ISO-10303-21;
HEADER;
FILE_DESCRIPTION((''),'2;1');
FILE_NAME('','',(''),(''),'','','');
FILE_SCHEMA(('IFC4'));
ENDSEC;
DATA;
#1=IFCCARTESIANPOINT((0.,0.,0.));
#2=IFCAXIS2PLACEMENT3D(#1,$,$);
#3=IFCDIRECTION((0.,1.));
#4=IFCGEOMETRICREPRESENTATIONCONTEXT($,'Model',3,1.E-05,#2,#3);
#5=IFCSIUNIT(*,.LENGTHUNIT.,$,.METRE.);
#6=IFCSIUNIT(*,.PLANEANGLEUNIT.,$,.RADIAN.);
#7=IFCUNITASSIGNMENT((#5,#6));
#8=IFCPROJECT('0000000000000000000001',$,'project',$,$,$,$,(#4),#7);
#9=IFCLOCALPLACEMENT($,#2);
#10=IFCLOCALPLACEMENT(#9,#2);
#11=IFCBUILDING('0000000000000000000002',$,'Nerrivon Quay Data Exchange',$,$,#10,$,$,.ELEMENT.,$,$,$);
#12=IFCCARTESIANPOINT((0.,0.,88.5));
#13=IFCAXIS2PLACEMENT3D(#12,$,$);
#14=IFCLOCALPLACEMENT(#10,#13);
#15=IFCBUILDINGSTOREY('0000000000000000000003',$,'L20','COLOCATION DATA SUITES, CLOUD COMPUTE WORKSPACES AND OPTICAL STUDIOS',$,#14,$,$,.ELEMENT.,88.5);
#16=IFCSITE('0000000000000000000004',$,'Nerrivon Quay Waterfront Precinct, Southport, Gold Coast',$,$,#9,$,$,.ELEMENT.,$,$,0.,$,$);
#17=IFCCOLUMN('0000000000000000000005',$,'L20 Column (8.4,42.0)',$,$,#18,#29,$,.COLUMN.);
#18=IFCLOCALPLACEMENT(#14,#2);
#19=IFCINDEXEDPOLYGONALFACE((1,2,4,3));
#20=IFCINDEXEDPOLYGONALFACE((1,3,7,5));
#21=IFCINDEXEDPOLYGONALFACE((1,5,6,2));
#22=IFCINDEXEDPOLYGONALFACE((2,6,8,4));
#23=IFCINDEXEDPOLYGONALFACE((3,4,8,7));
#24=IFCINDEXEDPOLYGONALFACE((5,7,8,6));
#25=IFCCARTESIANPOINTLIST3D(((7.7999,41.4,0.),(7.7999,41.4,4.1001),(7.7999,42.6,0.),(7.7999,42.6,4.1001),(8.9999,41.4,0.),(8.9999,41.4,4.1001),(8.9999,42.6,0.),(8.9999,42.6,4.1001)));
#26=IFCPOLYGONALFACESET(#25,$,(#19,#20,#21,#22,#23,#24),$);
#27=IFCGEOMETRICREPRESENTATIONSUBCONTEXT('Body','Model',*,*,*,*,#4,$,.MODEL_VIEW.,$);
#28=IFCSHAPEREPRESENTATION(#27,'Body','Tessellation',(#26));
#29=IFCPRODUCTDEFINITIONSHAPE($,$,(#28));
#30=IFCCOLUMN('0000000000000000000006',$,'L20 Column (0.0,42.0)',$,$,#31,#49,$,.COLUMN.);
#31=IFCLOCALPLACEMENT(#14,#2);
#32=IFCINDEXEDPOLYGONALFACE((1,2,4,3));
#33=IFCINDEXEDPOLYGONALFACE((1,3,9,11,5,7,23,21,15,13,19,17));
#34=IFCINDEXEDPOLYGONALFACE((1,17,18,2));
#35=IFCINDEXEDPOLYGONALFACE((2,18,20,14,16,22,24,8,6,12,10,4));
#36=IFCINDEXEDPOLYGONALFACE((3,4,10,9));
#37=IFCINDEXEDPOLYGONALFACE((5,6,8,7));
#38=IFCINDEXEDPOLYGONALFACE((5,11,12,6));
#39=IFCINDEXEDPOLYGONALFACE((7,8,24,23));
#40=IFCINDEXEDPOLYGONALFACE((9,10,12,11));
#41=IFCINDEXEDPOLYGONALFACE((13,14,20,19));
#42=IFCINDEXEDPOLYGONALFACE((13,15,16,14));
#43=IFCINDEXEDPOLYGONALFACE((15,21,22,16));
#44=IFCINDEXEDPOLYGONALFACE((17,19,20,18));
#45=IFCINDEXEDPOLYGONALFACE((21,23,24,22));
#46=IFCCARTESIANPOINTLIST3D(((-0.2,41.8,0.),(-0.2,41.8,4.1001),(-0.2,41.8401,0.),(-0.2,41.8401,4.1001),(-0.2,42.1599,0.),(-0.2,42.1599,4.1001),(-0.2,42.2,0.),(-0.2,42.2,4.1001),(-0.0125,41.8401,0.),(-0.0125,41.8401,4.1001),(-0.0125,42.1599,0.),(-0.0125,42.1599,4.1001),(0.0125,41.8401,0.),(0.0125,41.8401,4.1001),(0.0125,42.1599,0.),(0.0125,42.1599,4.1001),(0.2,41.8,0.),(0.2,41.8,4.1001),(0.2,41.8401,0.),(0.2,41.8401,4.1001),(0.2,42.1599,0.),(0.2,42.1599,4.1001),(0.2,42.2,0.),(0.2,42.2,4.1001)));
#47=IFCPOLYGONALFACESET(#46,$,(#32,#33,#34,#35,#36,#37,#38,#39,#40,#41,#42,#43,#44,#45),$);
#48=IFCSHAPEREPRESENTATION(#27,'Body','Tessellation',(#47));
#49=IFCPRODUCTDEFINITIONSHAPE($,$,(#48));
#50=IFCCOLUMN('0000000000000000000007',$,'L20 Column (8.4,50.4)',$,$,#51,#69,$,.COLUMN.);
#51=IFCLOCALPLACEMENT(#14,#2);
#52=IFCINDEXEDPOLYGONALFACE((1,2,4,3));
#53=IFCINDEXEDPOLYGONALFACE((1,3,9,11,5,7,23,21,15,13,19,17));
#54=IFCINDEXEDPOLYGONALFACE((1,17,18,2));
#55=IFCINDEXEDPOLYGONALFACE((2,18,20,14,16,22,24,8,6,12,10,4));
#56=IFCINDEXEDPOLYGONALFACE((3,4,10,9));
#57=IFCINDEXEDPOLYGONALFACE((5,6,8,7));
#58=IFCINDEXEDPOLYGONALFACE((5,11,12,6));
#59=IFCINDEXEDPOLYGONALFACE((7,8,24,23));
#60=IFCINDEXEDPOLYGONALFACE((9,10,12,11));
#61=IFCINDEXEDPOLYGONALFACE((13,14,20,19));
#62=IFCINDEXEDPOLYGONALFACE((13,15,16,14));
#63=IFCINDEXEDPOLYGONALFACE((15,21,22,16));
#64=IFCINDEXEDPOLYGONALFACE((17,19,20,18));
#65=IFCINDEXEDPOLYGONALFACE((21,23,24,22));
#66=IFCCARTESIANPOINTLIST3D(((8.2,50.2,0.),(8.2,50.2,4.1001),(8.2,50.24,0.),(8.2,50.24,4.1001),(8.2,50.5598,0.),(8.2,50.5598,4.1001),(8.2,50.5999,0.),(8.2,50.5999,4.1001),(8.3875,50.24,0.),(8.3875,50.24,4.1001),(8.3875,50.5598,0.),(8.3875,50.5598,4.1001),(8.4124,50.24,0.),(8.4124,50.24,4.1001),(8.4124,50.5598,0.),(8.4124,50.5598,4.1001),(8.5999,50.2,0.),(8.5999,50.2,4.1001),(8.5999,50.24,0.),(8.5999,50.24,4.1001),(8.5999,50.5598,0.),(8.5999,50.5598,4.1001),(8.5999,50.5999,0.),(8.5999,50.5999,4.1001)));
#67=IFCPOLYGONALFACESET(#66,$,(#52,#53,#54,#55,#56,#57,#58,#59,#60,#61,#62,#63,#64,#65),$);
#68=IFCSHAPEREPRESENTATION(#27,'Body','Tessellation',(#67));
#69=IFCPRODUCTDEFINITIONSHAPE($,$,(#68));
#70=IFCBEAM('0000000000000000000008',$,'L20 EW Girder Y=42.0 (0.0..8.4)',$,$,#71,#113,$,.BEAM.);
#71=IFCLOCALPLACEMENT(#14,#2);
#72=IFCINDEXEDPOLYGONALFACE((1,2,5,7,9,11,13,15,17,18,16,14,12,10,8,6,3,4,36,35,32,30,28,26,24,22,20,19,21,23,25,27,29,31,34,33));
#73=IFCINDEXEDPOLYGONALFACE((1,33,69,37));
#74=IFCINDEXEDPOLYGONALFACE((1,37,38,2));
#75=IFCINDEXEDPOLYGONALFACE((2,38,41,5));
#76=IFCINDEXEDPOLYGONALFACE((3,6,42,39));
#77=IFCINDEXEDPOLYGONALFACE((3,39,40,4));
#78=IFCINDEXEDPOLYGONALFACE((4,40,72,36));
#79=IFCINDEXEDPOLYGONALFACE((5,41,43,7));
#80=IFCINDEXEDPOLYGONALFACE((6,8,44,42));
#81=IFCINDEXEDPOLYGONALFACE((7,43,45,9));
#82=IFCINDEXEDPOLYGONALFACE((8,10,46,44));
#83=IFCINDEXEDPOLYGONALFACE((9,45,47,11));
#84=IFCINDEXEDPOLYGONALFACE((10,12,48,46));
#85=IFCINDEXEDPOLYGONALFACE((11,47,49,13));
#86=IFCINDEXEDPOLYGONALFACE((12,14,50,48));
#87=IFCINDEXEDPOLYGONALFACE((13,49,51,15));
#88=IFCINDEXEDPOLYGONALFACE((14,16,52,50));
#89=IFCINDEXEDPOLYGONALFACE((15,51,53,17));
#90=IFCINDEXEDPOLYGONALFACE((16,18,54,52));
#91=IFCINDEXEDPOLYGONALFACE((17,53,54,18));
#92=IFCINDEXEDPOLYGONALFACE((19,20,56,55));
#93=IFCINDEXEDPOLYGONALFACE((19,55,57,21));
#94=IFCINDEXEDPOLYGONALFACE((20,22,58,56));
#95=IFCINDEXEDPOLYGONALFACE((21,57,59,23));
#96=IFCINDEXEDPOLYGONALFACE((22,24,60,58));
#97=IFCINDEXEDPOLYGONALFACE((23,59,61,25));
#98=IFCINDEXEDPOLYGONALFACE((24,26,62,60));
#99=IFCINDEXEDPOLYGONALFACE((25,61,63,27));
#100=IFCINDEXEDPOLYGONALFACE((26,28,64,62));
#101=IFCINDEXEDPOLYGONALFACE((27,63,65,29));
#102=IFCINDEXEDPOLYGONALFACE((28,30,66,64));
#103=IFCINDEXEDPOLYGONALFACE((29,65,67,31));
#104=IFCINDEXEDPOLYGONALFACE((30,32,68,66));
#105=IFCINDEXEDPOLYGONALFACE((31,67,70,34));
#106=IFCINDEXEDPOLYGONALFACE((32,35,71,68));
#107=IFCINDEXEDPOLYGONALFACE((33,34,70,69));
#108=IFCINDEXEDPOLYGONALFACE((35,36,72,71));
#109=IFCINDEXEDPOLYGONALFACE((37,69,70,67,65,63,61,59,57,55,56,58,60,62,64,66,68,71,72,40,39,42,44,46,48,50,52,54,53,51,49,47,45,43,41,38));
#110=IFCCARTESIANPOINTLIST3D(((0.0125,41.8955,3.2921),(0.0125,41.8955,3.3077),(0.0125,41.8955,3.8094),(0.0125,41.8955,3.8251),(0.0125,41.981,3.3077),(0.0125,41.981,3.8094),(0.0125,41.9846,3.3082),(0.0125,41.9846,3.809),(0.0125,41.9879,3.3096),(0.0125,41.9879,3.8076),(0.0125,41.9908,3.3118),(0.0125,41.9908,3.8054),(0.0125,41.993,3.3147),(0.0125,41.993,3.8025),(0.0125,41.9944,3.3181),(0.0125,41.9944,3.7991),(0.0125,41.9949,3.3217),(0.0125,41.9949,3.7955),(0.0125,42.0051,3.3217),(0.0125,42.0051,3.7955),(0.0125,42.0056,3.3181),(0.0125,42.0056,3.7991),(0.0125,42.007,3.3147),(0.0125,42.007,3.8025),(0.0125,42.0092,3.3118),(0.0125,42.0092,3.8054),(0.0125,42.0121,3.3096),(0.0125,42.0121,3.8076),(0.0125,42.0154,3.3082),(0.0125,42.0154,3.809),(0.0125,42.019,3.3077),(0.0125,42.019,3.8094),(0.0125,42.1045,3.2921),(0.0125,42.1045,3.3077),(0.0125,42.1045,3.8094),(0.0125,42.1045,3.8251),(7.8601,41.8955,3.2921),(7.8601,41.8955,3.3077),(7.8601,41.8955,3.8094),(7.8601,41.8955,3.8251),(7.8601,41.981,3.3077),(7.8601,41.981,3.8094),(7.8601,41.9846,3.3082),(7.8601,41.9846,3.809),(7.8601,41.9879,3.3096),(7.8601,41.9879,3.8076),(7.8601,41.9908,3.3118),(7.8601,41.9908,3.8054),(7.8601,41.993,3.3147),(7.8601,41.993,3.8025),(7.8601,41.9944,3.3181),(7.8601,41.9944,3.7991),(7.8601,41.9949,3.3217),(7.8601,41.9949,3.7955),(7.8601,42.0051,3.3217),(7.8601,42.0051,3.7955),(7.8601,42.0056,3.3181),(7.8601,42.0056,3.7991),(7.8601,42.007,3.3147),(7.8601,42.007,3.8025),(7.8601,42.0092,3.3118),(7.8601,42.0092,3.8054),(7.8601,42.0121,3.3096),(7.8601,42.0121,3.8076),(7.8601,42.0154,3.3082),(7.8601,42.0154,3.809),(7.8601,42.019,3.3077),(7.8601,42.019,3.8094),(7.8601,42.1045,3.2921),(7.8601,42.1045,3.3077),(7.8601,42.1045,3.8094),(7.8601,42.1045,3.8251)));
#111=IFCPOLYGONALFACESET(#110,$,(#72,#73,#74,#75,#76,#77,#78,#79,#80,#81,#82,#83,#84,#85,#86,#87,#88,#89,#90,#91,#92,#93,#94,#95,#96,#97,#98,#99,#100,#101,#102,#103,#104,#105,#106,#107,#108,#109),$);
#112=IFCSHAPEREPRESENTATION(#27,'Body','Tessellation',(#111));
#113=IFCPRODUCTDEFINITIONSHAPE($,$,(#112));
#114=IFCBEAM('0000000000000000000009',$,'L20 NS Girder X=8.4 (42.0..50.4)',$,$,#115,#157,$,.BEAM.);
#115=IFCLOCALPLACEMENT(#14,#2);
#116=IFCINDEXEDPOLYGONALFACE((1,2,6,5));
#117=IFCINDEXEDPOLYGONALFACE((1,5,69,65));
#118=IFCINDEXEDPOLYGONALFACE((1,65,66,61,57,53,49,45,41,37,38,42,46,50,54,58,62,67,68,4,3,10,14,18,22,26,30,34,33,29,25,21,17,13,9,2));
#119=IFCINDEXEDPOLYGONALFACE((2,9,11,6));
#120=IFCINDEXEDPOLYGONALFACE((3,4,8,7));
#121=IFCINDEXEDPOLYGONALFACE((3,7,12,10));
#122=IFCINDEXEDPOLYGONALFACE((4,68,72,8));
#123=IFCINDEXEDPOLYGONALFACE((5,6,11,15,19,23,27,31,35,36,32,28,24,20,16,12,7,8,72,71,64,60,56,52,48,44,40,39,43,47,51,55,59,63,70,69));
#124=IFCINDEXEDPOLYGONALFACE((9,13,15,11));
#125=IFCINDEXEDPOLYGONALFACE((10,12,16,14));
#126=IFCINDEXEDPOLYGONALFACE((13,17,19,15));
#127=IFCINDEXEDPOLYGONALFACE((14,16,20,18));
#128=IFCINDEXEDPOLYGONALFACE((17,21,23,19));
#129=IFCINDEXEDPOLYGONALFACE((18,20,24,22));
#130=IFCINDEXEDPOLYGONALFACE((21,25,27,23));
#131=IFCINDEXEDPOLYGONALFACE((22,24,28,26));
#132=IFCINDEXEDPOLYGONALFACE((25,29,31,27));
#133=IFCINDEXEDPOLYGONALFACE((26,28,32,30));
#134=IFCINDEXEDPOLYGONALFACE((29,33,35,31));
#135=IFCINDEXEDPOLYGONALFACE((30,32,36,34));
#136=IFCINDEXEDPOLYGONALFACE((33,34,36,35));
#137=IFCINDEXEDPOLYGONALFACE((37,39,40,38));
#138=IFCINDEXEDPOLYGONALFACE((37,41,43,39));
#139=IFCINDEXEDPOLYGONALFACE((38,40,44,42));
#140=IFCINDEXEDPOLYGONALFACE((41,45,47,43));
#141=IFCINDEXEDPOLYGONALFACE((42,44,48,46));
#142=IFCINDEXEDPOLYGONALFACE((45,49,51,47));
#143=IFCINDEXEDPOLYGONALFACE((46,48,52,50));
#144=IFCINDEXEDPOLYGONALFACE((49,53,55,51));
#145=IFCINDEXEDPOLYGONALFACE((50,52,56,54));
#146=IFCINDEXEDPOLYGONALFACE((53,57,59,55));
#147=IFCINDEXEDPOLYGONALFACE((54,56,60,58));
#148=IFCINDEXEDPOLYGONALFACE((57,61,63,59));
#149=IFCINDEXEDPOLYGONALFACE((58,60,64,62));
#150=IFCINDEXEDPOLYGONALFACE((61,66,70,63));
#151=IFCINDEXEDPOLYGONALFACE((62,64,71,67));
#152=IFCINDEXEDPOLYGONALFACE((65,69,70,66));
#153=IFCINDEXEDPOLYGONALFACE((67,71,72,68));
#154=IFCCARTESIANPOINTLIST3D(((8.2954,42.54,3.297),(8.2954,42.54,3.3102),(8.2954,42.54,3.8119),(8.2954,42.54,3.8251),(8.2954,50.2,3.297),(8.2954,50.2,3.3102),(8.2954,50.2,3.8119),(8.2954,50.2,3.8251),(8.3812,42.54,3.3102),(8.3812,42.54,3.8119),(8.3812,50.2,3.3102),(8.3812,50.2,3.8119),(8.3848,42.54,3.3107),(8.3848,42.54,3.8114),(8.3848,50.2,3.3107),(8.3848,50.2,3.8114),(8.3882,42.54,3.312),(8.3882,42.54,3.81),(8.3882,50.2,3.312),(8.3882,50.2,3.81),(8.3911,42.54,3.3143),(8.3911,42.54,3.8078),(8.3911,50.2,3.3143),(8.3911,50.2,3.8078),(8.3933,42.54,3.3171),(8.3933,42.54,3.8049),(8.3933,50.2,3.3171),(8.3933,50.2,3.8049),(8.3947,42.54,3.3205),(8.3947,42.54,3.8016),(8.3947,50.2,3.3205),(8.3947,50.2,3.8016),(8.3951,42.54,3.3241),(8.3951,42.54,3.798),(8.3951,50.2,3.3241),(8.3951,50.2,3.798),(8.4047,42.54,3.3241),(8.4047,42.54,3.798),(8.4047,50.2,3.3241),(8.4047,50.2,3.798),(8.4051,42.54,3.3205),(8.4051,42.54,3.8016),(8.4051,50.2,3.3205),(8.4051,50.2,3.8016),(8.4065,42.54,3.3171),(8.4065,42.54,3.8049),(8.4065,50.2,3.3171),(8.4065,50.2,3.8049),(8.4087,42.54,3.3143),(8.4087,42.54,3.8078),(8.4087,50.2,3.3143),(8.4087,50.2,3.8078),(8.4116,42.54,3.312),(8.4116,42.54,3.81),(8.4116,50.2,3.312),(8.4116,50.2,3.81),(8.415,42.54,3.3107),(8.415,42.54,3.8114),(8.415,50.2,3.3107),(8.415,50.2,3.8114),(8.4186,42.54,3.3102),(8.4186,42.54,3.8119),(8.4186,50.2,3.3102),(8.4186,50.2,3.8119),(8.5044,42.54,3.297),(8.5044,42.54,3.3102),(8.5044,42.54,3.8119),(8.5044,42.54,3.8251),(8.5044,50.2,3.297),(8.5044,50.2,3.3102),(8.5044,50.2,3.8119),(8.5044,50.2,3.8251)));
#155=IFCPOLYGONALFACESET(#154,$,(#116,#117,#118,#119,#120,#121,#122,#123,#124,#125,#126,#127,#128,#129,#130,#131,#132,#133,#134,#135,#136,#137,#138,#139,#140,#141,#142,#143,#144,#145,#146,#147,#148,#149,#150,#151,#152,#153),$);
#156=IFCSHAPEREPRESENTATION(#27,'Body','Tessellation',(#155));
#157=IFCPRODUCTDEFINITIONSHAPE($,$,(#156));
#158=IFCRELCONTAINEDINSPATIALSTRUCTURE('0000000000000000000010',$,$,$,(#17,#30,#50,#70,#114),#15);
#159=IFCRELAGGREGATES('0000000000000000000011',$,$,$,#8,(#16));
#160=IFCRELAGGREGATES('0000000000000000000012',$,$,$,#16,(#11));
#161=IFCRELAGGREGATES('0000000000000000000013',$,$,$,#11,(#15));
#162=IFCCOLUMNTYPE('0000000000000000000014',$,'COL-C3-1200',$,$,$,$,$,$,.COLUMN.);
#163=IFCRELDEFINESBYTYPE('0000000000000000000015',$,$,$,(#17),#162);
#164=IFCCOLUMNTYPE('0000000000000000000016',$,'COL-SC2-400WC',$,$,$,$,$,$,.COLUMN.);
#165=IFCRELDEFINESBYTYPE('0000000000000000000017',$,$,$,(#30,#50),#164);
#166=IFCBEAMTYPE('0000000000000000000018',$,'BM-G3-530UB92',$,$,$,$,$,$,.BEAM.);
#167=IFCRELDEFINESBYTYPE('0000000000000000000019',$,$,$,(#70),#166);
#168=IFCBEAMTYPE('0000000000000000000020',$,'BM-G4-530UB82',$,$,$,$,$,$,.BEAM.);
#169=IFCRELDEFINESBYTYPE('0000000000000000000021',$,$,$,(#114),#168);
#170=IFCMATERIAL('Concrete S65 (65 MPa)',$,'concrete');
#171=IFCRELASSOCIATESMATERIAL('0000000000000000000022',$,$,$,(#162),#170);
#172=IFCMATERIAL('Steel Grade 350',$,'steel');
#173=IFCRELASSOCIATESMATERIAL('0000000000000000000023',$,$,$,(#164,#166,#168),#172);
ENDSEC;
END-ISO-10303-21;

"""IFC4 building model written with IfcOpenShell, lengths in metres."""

from ifc_helpers import new_model, si_unit, direction, frame, origin, origin_2d, place, context, subcontext, project, spatial, rectangle, i_section, extrude, material, material_profile, profile_set, type_object, element, save


model = new_model("IFC4")

# Units and contexts
model_context = context("Model", 3, precision=1e-05, world=origin(), true_north=direction((0.0, 1.0)))
body_context = subcontext(model_context, "Body", "Model", "MODEL_VIEW")
ifc_project = project(units=[si_unit("LENGTHUNIT", "METRE"), si_unit("PLANEANGLEUNIT", "RADIAN")], contexts=[model_context])

# Site, building, storey
site_placement = place(None, origin())
site = spatial("IfcSite", under=ifc_project, at=site_placement, Name="Nerrivon Quay Waterfront Precinct, Southport, Gold Coast", CompositionType="ELEMENT", RefElevation=0.0)
building_placement = place(site_placement, origin())
building = spatial("IfcBuilding", under=site, at=building_placement, Name="Nerrivon Quay Data Exchange", CompositionType="ELEMENT")
storey_placement = place(building_placement, frame((0.0, 0.0, 88.5)))
storey = spatial("IfcBuildingStorey", under=building, at=storey_placement, Name="L20", Description="COLOCATION DATA SUITES, CLOUD COMPUTE WORKSPACES AND OPTICAL STUDIOS", CompositionType="ELEMENT", Elevation=88.5)

# Columns
ifc_material_1 = material(Name="Concrete S65 (65 MPa)", Category="concrete")
ifc_material_profile_1 = material_profile(ifc_material_1, rectangle(XDim=1.2, YDim=1.2, at=origin_2d()), Name="RC-COL-1200x1200")
ifc_profile_set_1 = profile_set([ifc_material_profile_1], Name="Concrete S65 (65 MPa)")
column_type_1 = type_object("IfcColumnType", Name="COL-C3-1200", PredefinedType="COLUMN", material=ifc_profile_set_1)
column_placement = place(storey_placement, frame((8.3999, 42.0, 0.0), z_axis=(0.0, 0.0, 1.0), x_axis=(1.0, 0.0, 0.0)))
element("IfcColumn", 1, at=column_placement, inside=storey, type_object=column_type_1, Name="L20 Column (8.4,42.0)", PredefinedType="COLUMN", context=body_context, shape_type="SweptSolid", body=[
    extrude(rectangle(XDim=1.2, YDim=1.2, at=origin_2d()), origin(), (0.0, 0.0, 1.0), 4.1001),
])
ifc_material_2 = material(Name="Steel Grade 350", Category="steel")
ifc_material_profile_2 = material_profile(ifc_material_2, i_section(OverallWidth=0.3999, OverallDepth=0.3999, WebThickness=0.0249, FlangeThickness=0.04, at=origin_2d()), Name="400WC328")
ifc_profile_set_2 = profile_set([ifc_material_profile_2], Name="Steel Grade 350")
column_type_2 = type_object("IfcColumnType", Name="COL-SC2-400WC", PredefinedType="COLUMN", material=ifc_profile_set_2)
for number, where, z_axis, x_axis, name in (
    (2, (0.0, 42.0, 0.0), (0.0, 0.0, 1.0), (1.0, 0.0, 0.0), "L20 Column (0.0,42.0)"),
    (3, (8.3999, 50.3999, 0.0), (0.0, 0.0, 1.0), (1.0, 0.0, 0.0), "L20 Column (8.4,50.4)"),
):
    element("IfcColumn", number, at=place(storey_placement, frame(where, z_axis=z_axis, x_axis=x_axis)), inside=storey, type_object=column_type_2, Name=name, PredefinedType="COLUMN", context=body_context, shape_type="SweptSolid", body=[
        extrude(i_section(OverallWidth=0.3999, OverallDepth=0.3999, WebThickness=0.0249, FlangeThickness=0.04, at=origin_2d()), origin(), (0.0, 0.0, 1.0), 4.1001),
    ])

# Beams
ifc_material_profile_3 = material_profile(ifc_material_2, i_section(OverallWidth=0.209, OverallDepth=0.533, WebThickness=0.0103, FlangeThickness=0.0156, FilletRadius=0.0139, at=origin_2d()), Name="530UB92.4")
ifc_profile_set_3 = profile_set([ifc_material_profile_3], Name="Steel Grade 350")
beam_type_1 = type_object("IfcBeamType", Name="BM-G3-530UB92", PredefinedType="BEAM", material=ifc_profile_set_3)
beam_1_placement = place(storey_placement, frame((0.0125, 42.0, 3.5586), z_axis=(1.0, 0.0, 0.0), x_axis=(0.0, 1.0, 0.0)))
element("IfcBeam", 4, at=beam_1_placement, inside=storey, type_object=beam_type_1, Name="L20 EW Girder Y=42.0 (0.0..8.4)", PredefinedType="BEAM", context=body_context, shape_type="SweptSolid", body=[
    extrude(i_section(OverallWidth=0.209, OverallDepth=0.533, WebThickness=0.0103, FlangeThickness=0.0156, FilletRadius=0.0139, at=origin_2d()), origin(), (0.0, 0.0, 1.0), 7.8477),
])
ifc_material_profile_4 = material_profile(ifc_material_2, i_section(OverallWidth=0.209, OverallDepth=0.5281, WebThickness=0.0095, FlangeThickness=0.0132, FilletRadius=0.0139, at=origin_2d()), Name="530UB82.0")
ifc_profile_set_4 = profile_set([ifc_material_profile_4], Name="Steel Grade 350")
beam_type_2 = type_object("IfcBeamType", Name="BM-G4-530UB82", PredefinedType="BEAM", material=ifc_profile_set_4)
beam_2_placement = place(storey_placement, frame((8.3999, 42.54, 3.561), z_axis=(0.0, 1.0, 0.0), x_axis=(-1.0, 0.0, 0.0)))
element("IfcBeam", 5, at=beam_2_placement, inside=storey, type_object=beam_type_2, Name="L20 NS Girder X=8.4 (42.0..50.4)", PredefinedType="BEAM", context=body_context, shape_type="SweptSolid", body=[
    extrude(i_section(OverallWidth=0.209, OverallDepth=0.5281, WebThickness=0.0095, FlangeThickness=0.0132, FilletRadius=0.0139, at=origin_2d()), origin(), (0.0, 0.0, 1.0), 7.6599),
])

save(model, "model.ifc")
